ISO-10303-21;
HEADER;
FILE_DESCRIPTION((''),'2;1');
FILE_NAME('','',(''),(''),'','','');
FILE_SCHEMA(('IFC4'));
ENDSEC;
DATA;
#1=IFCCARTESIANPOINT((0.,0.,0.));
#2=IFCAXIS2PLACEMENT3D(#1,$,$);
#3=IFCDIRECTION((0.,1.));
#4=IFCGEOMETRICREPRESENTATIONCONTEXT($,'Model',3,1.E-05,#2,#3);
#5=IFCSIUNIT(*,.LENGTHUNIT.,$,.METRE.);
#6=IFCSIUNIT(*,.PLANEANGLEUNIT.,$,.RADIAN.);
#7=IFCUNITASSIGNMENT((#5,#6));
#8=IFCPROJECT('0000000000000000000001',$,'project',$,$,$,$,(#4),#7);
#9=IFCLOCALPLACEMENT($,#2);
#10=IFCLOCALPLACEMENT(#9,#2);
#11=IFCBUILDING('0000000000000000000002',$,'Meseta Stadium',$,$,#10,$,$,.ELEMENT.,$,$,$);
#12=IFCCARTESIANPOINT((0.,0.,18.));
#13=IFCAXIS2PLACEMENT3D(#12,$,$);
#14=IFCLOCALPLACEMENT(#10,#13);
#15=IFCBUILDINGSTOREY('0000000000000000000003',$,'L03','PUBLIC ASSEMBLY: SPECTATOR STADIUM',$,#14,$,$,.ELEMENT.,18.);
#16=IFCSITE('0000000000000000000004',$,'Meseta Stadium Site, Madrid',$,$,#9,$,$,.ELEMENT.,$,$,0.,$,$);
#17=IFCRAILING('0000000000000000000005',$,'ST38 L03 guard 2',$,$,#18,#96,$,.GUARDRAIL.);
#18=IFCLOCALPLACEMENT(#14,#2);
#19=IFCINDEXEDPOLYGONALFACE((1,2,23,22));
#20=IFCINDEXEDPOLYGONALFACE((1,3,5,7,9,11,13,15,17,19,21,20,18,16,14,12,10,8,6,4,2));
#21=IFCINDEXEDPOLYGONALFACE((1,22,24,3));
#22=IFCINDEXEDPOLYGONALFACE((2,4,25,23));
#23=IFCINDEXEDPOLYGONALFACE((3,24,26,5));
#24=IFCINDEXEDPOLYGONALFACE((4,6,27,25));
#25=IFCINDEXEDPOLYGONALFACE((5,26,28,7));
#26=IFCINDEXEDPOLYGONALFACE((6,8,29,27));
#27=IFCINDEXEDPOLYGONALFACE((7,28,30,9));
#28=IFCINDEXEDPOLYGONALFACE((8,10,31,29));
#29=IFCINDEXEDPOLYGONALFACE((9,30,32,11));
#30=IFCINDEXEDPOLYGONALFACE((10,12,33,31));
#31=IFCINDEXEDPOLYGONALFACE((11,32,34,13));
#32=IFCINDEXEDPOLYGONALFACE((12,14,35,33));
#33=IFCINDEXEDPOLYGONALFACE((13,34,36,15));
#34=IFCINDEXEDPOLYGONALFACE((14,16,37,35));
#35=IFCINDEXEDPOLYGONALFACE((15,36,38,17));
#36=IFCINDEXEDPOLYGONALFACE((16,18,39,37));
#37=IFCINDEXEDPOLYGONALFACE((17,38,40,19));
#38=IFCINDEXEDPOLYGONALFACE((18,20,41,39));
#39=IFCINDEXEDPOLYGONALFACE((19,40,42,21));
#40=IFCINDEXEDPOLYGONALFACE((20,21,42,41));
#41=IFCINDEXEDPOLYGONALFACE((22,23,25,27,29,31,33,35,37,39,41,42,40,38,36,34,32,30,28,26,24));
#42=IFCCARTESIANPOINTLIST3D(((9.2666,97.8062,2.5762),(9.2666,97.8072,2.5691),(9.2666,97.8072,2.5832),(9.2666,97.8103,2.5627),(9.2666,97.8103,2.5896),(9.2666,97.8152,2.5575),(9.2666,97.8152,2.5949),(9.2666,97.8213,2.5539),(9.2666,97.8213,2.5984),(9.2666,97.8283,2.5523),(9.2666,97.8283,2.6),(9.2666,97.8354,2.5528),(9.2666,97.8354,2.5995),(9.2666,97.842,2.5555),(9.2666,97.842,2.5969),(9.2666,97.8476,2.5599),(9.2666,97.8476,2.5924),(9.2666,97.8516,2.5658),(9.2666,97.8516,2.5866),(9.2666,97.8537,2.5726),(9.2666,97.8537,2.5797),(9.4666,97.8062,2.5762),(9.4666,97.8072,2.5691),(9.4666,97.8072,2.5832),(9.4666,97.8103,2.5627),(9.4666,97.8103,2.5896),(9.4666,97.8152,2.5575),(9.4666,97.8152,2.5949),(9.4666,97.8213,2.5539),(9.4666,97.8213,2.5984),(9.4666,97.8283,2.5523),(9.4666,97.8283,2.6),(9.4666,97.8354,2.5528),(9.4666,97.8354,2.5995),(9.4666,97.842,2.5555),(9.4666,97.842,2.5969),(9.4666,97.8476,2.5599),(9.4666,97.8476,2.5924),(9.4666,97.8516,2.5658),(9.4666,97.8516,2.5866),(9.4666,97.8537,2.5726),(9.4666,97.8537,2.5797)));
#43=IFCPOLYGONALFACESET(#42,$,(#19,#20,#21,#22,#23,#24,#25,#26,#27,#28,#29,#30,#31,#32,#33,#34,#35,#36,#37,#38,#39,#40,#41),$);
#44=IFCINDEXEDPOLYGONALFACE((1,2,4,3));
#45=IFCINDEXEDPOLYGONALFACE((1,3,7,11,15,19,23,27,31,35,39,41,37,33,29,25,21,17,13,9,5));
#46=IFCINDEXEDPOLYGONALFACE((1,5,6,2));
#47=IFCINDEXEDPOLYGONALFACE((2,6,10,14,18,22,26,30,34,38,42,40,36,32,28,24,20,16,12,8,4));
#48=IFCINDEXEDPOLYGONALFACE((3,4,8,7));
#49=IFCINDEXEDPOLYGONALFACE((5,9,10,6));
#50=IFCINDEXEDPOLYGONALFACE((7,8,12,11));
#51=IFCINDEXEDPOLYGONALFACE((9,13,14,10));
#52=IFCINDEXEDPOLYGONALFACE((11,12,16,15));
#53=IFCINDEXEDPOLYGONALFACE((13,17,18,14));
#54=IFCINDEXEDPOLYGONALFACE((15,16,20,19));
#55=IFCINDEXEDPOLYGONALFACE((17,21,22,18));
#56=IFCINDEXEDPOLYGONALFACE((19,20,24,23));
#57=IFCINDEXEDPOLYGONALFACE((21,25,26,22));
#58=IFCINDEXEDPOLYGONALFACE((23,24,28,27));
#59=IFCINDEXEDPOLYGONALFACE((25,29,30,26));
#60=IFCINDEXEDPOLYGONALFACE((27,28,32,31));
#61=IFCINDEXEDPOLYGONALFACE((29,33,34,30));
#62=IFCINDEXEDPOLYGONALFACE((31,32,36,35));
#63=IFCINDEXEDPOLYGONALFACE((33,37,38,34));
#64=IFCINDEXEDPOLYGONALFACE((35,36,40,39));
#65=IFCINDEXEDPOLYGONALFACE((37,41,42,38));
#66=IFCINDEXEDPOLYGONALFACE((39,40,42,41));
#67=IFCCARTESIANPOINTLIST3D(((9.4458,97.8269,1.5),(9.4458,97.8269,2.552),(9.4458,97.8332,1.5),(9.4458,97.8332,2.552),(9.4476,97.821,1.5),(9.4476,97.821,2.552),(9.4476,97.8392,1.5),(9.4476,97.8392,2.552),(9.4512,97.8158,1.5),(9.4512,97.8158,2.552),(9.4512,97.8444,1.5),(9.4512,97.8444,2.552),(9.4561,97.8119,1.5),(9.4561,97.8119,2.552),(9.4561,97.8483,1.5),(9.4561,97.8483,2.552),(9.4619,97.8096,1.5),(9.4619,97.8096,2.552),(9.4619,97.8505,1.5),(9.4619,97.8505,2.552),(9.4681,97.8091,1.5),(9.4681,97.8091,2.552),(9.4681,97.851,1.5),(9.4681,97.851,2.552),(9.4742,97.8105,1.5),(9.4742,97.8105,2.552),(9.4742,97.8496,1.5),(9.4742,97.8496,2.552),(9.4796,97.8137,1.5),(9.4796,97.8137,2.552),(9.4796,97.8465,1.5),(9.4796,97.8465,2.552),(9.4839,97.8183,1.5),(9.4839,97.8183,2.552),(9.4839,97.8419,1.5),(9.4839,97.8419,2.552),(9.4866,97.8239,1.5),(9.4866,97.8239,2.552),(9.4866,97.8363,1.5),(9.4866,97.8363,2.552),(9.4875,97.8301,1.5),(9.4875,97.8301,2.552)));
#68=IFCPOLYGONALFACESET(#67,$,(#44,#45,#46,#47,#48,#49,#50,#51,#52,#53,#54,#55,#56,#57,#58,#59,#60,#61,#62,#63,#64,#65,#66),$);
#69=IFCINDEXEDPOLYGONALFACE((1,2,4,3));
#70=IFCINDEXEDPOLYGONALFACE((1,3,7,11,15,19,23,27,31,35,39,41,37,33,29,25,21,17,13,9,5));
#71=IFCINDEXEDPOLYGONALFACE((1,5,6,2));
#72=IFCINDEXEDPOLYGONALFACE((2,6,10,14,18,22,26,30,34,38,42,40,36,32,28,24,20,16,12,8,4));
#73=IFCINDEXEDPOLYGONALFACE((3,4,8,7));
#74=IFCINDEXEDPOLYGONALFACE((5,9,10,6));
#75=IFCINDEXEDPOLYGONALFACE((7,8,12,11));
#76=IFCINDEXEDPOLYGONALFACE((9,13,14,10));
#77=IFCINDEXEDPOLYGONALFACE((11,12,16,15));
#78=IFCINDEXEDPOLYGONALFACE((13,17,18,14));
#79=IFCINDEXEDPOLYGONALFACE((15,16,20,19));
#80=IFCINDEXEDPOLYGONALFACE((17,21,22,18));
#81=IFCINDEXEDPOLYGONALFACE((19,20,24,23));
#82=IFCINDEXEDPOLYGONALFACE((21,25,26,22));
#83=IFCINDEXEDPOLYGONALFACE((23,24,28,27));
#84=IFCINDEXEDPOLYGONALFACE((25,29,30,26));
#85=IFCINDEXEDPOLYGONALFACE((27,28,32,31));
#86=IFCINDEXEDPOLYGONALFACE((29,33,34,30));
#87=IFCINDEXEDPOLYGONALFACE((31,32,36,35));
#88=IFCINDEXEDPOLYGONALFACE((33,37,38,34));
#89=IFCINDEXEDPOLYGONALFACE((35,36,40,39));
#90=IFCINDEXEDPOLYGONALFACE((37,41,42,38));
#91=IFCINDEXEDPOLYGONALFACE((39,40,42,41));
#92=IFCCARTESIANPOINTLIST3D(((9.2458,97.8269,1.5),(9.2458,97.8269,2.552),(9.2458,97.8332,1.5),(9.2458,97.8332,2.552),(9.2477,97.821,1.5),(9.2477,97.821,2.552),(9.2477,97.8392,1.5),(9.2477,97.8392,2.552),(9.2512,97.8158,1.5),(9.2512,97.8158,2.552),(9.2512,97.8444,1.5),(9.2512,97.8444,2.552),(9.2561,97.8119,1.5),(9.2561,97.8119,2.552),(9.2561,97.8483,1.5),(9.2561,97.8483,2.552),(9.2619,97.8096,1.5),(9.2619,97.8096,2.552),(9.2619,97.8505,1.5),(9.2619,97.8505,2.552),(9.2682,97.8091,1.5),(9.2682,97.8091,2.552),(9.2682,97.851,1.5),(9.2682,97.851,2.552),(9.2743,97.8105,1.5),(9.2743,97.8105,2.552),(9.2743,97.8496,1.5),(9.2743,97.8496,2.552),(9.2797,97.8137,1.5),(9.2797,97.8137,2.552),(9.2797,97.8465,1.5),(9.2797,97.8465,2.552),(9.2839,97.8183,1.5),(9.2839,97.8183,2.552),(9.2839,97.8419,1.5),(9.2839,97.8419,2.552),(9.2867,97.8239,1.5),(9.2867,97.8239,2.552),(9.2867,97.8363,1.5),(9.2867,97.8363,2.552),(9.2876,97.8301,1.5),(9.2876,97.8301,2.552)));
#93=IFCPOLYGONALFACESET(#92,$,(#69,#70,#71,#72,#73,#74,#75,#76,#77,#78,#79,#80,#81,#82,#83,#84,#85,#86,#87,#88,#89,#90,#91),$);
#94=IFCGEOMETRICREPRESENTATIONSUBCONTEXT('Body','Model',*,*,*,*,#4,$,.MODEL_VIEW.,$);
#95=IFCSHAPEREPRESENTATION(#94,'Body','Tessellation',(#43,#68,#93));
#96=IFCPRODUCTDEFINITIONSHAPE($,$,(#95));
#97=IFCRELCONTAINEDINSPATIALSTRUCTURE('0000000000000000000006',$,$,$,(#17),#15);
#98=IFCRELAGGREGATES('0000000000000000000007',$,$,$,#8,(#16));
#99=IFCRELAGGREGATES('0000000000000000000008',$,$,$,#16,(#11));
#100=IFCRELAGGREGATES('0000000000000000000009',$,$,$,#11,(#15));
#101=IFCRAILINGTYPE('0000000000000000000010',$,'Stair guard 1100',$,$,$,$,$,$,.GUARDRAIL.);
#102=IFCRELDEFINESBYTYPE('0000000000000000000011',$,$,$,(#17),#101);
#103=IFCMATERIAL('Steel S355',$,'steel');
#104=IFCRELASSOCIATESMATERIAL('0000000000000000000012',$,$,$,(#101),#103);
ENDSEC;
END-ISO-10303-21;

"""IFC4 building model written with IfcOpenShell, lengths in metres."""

from ifc_helpers import new_model, si_unit, direction, frame, origin, origin_2d, place, context, subcontext, project, spatial, circle, extrude, material, type_object, element, save


model = new_model("IFC4")

# Units and contexts
model_context = context("Model", 3, precision=1e-05, world=origin(), true_north=direction((0.0, 1.0)))
body_context = subcontext(model_context, "Body", "Model", "MODEL_VIEW")
ifc_project = project(units=[si_unit("LENGTHUNIT", "METRE"), si_unit("PLANEANGLEUNIT", "RADIAN")], contexts=[model_context])

# Site, building, storey
site_placement = place(None, origin())
site = spatial("IfcSite", under=ifc_project, at=site_placement, Name="Meseta Stadium Site, Madrid", CompositionType="ELEMENT", RefElevation=0.0)
building_placement = place(site_placement, origin())
building = spatial("IfcBuilding", under=site, at=building_placement, Name="Meseta Stadium", CompositionType="ELEMENT")
storey_placement = place(building_placement, frame((0.0, 0.0, 18.0)))
storey = spatial("IfcBuildingStorey", under=building, at=storey_placement, Name="L03", Description="PUBLIC ASSEMBLY: SPECTATOR STADIUM", CompositionType="ELEMENT", Elevation=18.0)

# Railing
ifc_material_1 = material(Name="Steel S355", Category="steel")
railing_type = type_object("IfcRailingType", Name="Stair guard 1100", PredefinedType="GUARDRAIL", material=ifc_material_1)
railing_1_placement = place(storey_placement, frame((9.4666, 97.8301, 1.5)))
element("IfcRailing", 1, at=railing_1_placement, inside=storey, type_object=railing_type, Name="ST38 L03 guard 2", PredefinedType="GUARDRAIL", context=body_context, shape_type="SweptSolid", body=[
    extrude(circle(Radius=0.0239, at=origin_2d()), frame((0.0, 0.0, 1.0762), z_axis=(-1.0, 0.0, 0.0), x_axis=(0.0, -1.0, 0.0)), (0.0, 0.0, 1.0), 0.2),
    extrude(circle(Radius=0.021, at=origin_2d()), origin(), (0.0, 0.0, 1.0), 1.052),
    extrude(circle(Radius=0.021, at=origin_2d()), frame((-0.2, 0.0, 0.0)), (0.0, 0.0, 1.0), 1.052),
])

save(model, "model.ifc")
